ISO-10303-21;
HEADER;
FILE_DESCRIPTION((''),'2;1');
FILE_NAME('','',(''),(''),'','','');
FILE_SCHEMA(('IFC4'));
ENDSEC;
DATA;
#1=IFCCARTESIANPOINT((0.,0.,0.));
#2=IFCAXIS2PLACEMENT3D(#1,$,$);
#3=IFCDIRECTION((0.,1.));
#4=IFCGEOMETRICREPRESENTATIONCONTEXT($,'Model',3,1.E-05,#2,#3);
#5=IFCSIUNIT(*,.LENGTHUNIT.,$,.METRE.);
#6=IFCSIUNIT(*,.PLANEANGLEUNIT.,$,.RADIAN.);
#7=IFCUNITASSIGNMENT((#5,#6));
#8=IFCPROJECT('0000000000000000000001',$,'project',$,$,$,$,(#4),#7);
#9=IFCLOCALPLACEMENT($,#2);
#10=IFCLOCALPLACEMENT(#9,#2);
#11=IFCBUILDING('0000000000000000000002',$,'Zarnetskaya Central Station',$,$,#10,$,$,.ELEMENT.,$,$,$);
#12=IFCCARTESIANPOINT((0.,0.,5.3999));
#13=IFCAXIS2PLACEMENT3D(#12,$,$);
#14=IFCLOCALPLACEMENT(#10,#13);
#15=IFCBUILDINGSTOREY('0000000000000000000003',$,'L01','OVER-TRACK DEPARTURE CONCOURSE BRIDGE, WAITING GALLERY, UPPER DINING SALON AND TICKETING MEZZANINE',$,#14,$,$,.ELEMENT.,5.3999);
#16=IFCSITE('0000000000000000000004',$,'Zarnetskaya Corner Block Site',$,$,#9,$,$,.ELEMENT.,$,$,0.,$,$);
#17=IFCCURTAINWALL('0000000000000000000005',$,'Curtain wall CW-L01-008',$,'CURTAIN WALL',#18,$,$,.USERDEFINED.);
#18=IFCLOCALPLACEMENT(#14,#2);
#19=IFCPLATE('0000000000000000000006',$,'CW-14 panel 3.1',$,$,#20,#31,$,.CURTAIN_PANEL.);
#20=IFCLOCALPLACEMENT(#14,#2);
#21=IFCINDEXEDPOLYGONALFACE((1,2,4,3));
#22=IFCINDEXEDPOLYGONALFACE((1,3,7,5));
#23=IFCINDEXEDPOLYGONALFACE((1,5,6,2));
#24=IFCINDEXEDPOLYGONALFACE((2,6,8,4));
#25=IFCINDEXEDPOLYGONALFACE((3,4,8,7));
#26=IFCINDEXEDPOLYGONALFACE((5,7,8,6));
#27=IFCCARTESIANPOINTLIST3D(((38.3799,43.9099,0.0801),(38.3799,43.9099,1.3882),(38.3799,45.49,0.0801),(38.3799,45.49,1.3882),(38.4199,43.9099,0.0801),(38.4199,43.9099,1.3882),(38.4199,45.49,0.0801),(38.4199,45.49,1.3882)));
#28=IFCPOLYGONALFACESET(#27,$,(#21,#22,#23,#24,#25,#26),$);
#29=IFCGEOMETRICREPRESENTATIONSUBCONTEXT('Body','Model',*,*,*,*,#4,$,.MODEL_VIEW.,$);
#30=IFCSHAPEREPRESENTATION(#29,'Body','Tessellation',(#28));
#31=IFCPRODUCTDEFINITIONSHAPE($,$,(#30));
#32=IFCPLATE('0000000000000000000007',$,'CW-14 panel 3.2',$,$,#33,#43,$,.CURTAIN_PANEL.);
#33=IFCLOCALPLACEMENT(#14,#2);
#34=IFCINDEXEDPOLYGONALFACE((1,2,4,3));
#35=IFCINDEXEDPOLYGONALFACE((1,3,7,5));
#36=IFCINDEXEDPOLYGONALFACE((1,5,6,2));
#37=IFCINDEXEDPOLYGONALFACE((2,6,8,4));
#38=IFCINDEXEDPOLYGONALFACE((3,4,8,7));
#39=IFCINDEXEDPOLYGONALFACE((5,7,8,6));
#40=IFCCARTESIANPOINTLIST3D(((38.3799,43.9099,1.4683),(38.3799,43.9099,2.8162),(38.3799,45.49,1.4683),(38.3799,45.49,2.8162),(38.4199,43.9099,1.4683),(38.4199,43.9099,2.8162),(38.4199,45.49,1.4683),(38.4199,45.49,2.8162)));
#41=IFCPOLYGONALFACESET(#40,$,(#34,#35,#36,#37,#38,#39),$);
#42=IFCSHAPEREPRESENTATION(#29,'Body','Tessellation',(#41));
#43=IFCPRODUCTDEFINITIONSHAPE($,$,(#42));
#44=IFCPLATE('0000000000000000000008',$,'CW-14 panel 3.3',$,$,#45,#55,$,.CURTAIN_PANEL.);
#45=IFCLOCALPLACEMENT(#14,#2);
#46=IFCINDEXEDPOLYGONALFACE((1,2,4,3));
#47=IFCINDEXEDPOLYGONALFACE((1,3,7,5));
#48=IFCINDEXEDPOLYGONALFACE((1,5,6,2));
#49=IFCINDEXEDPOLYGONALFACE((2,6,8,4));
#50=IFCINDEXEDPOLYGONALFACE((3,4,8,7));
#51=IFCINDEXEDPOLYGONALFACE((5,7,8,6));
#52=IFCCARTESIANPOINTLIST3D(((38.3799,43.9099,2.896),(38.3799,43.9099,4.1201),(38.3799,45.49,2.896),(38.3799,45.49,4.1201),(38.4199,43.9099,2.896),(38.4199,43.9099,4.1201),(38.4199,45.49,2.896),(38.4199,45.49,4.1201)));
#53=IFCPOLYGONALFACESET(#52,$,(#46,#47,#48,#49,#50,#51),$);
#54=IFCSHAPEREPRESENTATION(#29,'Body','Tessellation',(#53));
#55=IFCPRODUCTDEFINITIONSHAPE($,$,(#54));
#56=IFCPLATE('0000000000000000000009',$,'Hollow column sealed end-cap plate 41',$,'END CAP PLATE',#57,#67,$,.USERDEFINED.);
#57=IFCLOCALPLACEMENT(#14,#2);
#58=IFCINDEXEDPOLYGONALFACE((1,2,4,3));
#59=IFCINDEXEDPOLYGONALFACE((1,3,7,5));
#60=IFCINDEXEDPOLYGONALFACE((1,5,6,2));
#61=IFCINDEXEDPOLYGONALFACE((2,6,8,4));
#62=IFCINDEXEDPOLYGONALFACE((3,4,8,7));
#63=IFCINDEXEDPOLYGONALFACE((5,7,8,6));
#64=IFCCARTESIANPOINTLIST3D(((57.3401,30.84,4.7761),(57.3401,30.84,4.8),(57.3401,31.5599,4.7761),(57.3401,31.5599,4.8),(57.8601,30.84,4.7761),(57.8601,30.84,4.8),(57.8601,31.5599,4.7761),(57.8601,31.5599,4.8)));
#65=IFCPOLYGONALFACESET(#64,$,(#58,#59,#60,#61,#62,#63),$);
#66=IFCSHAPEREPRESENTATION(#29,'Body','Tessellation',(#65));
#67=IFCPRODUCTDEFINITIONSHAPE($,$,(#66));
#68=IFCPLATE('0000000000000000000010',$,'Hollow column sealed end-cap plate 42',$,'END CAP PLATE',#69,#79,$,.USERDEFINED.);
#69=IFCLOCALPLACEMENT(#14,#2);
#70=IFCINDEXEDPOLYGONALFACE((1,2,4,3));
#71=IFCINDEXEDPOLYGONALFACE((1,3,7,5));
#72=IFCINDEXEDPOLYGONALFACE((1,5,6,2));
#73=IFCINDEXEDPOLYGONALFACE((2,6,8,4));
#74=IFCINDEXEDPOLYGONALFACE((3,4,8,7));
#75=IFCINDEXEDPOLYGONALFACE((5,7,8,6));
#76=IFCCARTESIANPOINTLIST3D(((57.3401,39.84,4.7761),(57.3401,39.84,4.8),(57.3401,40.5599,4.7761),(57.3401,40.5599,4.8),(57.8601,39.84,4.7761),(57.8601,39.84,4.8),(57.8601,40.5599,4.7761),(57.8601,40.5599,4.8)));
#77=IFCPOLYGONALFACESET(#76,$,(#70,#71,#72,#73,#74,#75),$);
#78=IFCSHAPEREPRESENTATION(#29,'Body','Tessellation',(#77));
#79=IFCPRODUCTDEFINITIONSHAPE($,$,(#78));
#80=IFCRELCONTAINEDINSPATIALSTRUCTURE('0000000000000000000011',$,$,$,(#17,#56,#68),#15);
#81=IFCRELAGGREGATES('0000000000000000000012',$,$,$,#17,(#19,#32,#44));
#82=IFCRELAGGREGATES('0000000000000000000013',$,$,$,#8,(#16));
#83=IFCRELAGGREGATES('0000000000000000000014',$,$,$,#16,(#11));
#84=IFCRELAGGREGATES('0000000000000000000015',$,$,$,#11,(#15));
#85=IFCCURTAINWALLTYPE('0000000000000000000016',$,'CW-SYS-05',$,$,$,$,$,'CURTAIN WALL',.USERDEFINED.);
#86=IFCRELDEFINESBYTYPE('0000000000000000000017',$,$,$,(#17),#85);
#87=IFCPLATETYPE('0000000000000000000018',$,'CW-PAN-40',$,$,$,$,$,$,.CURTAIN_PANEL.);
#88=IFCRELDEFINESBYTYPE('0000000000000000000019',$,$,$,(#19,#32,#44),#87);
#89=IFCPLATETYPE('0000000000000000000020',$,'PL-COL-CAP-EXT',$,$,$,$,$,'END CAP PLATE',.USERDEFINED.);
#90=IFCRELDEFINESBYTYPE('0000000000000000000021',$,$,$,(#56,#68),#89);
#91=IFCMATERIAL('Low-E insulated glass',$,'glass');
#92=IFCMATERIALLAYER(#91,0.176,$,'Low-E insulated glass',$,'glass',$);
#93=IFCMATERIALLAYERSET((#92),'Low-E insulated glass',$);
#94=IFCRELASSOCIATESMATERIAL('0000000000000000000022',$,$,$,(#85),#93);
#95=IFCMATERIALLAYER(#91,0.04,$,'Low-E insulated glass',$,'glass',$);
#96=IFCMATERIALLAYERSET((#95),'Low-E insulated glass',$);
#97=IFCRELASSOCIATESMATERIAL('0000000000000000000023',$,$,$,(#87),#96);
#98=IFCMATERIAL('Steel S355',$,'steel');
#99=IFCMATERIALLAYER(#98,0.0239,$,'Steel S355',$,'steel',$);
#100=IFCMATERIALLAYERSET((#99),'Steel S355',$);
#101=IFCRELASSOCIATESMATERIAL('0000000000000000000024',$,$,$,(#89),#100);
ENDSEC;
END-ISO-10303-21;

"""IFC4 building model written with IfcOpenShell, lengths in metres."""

from ifc_helpers import new_model, si_unit, direction, frame, origin, origin_2d, place, context, subcontext, project, spatial, rectangle, extrude, material, layer, layer_set, type_object, element, aggregate, save


model = new_model("IFC4")

# Units and contexts
model_context = context("Model", 3, precision=1e-05, world=origin(), true_north=direction((0.0, 1.0)))
body_context = subcontext(model_context, "Body", "Model", "MODEL_VIEW")
ifc_project = project(units=[si_unit("LENGTHUNIT", "METRE"), si_unit("PLANEANGLEUNIT", "RADIAN")], contexts=[model_context])

# Site, building, storey
site_placement = place(None, origin())
site = spatial("IfcSite", under=ifc_project, at=site_placement, Name="Zarnetskaya Corner Block Site", CompositionType="ELEMENT", RefElevation=0.0)
building_placement = place(site_placement, origin())
building = spatial("IfcBuilding", under=site, at=building_placement, Name="Zarnetskaya Central Station", CompositionType="ELEMENT")
storey_placement = place(building_placement, frame((0.0, 0.0, 5.3999)))
storey = spatial("IfcBuildingStorey", under=building, at=storey_placement, Name="L01", Description="OVER-TRACK DEPARTURE CONCOURSE BRIDGE, WAITING GALLERY, UPPER DINING SALON AND TICKETING MEZZANINE", CompositionType="ELEMENT", Elevation=5.3999)

# Shared definitions
ifc_material_1 = material(Name="Steel S355", Category="steel")

# Curtain wall
ifc_material_2 = material(Name="Low-E insulated glass", Category="glass")
ifc_layer_1 = layer(ifc_material_2, 0.176, Name="Low-E insulated glass", Category="glass")
ifc_layer_set_1 = layer_set([ifc_layer_1], Name="Low-E insulated glass")
curtain_wall_type = type_object("IfcCurtainWallType", Name="CW-SYS-05", ElementType="CURTAIN WALL", PredefinedType="USERDEFINED", material=ifc_layer_set_1)
curtain_wall_placement = place(storey_placement, origin())
curtain_wall = element("IfcCurtainWall", 1, at=curtain_wall_placement, inside=storey, type_object=curtain_wall_type, Name="Curtain wall CW-L01-008", ObjectType="CURTAIN WALL", PredefinedType="USERDEFINED")

# Plates
ifc_layer_2 = layer(ifc_material_2, 0.04, Name="Low-E insulated glass", Category="glass")
ifc_layer_set_2 = layer_set([ifc_layer_2], Name="Low-E insulated glass")
plate_type_1 = type_object("IfcPlateType", Name="CW-PAN-40", PredefinedType="CURTAIN_PANEL", material=ifc_layer_set_2)
plate_1_placement = place(storey_placement, frame((38.3999, 44.7, 0.0801), z_axis=(0.0, 0.0, 1.0), x_axis=(0.0, -1.0, 0.0)))
plate_1 = element("IfcPlate", 2, at=plate_1_placement, type_object=plate_type_1, Name="CW-14 panel 3.1", PredefinedType="CURTAIN_PANEL", context=body_context, shape_type="SweptSolid", body=[
    extrude(rectangle(XDim=1.5801, YDim=0.04, at=origin_2d()), origin(), (0.0, 0.0, 1.0), 1.3081),
])
plate_2_placement = place(storey_placement, frame((38.3999, 44.7, 1.4683), z_axis=(0.0, 0.0, 1.0), x_axis=(0.0, -1.0, 0.0)))
plate_2 = element("IfcPlate", 3, at=plate_2_placement, type_object=plate_type_1, Name="CW-14 panel 3.2", PredefinedType="CURTAIN_PANEL", context=body_context, shape_type="SweptSolid", body=[
    extrude(rectangle(XDim=1.5801, YDim=0.04, at=origin_2d()), origin(), (0.0, 0.0, 1.0), 1.3479),
])
plate_3_placement = place(storey_placement, frame((38.3999, 44.7, 2.896), z_axis=(0.0, 0.0, 1.0), x_axis=(0.0, -1.0, 0.0)))
plate_3 = element("IfcPlate", 4, at=plate_3_placement, type_object=plate_type_1, Name="CW-14 panel 3.3", PredefinedType="CURTAIN_PANEL", context=body_context, shape_type="SweptSolid", body=[
    extrude(rectangle(XDim=1.5801, YDim=0.04, at=origin_2d()), origin(), (0.0, 0.0, 1.0), 1.2241),
])
aggregate(curtain_wall, [plate_1, plate_2, plate_3])

# Plates
ifc_layer_3 = layer(ifc_material_1, 0.0239, Name="Steel S355", Category="steel")
ifc_layer_set_3 = layer_set([ifc_layer_3], Name="Steel S355")
plate_type_2 = type_object("IfcPlateType", Name="PL-COL-CAP-EXT", ElementType="END CAP PLATE", PredefinedType="USERDEFINED", material=ifc_layer_set_3)
for number, where, z_axis, x_axis, name in (
    (5, (57.6001, 31.2, 4.7761), (0.0, 0.0, 1.0), (1.0, 0.0, 0.0), "Hollow column sealed end-cap plate 41"),
    (6, (57.6001, 40.2, 4.7761), (0.0, 0.0, 1.0), (1.0, 0.0, 0.0), "Hollow column sealed end-cap plate 42"),
):
    element("IfcPlate", number, at=place(storey_placement, frame(where, z_axis=z_axis, x_axis=x_axis)), inside=storey, type_object=plate_type_2, Name=name, ObjectType="END CAP PLATE", PredefinedType="USERDEFINED", context=body_context, shape_type="SweptSolid", body=[
        extrude(rectangle(XDim=0.52, YDim=0.72, at=origin_2d()), origin(), (0.0, 0.0, 1.0), 0.0239),
    ])

save(model, "model.ifc")
